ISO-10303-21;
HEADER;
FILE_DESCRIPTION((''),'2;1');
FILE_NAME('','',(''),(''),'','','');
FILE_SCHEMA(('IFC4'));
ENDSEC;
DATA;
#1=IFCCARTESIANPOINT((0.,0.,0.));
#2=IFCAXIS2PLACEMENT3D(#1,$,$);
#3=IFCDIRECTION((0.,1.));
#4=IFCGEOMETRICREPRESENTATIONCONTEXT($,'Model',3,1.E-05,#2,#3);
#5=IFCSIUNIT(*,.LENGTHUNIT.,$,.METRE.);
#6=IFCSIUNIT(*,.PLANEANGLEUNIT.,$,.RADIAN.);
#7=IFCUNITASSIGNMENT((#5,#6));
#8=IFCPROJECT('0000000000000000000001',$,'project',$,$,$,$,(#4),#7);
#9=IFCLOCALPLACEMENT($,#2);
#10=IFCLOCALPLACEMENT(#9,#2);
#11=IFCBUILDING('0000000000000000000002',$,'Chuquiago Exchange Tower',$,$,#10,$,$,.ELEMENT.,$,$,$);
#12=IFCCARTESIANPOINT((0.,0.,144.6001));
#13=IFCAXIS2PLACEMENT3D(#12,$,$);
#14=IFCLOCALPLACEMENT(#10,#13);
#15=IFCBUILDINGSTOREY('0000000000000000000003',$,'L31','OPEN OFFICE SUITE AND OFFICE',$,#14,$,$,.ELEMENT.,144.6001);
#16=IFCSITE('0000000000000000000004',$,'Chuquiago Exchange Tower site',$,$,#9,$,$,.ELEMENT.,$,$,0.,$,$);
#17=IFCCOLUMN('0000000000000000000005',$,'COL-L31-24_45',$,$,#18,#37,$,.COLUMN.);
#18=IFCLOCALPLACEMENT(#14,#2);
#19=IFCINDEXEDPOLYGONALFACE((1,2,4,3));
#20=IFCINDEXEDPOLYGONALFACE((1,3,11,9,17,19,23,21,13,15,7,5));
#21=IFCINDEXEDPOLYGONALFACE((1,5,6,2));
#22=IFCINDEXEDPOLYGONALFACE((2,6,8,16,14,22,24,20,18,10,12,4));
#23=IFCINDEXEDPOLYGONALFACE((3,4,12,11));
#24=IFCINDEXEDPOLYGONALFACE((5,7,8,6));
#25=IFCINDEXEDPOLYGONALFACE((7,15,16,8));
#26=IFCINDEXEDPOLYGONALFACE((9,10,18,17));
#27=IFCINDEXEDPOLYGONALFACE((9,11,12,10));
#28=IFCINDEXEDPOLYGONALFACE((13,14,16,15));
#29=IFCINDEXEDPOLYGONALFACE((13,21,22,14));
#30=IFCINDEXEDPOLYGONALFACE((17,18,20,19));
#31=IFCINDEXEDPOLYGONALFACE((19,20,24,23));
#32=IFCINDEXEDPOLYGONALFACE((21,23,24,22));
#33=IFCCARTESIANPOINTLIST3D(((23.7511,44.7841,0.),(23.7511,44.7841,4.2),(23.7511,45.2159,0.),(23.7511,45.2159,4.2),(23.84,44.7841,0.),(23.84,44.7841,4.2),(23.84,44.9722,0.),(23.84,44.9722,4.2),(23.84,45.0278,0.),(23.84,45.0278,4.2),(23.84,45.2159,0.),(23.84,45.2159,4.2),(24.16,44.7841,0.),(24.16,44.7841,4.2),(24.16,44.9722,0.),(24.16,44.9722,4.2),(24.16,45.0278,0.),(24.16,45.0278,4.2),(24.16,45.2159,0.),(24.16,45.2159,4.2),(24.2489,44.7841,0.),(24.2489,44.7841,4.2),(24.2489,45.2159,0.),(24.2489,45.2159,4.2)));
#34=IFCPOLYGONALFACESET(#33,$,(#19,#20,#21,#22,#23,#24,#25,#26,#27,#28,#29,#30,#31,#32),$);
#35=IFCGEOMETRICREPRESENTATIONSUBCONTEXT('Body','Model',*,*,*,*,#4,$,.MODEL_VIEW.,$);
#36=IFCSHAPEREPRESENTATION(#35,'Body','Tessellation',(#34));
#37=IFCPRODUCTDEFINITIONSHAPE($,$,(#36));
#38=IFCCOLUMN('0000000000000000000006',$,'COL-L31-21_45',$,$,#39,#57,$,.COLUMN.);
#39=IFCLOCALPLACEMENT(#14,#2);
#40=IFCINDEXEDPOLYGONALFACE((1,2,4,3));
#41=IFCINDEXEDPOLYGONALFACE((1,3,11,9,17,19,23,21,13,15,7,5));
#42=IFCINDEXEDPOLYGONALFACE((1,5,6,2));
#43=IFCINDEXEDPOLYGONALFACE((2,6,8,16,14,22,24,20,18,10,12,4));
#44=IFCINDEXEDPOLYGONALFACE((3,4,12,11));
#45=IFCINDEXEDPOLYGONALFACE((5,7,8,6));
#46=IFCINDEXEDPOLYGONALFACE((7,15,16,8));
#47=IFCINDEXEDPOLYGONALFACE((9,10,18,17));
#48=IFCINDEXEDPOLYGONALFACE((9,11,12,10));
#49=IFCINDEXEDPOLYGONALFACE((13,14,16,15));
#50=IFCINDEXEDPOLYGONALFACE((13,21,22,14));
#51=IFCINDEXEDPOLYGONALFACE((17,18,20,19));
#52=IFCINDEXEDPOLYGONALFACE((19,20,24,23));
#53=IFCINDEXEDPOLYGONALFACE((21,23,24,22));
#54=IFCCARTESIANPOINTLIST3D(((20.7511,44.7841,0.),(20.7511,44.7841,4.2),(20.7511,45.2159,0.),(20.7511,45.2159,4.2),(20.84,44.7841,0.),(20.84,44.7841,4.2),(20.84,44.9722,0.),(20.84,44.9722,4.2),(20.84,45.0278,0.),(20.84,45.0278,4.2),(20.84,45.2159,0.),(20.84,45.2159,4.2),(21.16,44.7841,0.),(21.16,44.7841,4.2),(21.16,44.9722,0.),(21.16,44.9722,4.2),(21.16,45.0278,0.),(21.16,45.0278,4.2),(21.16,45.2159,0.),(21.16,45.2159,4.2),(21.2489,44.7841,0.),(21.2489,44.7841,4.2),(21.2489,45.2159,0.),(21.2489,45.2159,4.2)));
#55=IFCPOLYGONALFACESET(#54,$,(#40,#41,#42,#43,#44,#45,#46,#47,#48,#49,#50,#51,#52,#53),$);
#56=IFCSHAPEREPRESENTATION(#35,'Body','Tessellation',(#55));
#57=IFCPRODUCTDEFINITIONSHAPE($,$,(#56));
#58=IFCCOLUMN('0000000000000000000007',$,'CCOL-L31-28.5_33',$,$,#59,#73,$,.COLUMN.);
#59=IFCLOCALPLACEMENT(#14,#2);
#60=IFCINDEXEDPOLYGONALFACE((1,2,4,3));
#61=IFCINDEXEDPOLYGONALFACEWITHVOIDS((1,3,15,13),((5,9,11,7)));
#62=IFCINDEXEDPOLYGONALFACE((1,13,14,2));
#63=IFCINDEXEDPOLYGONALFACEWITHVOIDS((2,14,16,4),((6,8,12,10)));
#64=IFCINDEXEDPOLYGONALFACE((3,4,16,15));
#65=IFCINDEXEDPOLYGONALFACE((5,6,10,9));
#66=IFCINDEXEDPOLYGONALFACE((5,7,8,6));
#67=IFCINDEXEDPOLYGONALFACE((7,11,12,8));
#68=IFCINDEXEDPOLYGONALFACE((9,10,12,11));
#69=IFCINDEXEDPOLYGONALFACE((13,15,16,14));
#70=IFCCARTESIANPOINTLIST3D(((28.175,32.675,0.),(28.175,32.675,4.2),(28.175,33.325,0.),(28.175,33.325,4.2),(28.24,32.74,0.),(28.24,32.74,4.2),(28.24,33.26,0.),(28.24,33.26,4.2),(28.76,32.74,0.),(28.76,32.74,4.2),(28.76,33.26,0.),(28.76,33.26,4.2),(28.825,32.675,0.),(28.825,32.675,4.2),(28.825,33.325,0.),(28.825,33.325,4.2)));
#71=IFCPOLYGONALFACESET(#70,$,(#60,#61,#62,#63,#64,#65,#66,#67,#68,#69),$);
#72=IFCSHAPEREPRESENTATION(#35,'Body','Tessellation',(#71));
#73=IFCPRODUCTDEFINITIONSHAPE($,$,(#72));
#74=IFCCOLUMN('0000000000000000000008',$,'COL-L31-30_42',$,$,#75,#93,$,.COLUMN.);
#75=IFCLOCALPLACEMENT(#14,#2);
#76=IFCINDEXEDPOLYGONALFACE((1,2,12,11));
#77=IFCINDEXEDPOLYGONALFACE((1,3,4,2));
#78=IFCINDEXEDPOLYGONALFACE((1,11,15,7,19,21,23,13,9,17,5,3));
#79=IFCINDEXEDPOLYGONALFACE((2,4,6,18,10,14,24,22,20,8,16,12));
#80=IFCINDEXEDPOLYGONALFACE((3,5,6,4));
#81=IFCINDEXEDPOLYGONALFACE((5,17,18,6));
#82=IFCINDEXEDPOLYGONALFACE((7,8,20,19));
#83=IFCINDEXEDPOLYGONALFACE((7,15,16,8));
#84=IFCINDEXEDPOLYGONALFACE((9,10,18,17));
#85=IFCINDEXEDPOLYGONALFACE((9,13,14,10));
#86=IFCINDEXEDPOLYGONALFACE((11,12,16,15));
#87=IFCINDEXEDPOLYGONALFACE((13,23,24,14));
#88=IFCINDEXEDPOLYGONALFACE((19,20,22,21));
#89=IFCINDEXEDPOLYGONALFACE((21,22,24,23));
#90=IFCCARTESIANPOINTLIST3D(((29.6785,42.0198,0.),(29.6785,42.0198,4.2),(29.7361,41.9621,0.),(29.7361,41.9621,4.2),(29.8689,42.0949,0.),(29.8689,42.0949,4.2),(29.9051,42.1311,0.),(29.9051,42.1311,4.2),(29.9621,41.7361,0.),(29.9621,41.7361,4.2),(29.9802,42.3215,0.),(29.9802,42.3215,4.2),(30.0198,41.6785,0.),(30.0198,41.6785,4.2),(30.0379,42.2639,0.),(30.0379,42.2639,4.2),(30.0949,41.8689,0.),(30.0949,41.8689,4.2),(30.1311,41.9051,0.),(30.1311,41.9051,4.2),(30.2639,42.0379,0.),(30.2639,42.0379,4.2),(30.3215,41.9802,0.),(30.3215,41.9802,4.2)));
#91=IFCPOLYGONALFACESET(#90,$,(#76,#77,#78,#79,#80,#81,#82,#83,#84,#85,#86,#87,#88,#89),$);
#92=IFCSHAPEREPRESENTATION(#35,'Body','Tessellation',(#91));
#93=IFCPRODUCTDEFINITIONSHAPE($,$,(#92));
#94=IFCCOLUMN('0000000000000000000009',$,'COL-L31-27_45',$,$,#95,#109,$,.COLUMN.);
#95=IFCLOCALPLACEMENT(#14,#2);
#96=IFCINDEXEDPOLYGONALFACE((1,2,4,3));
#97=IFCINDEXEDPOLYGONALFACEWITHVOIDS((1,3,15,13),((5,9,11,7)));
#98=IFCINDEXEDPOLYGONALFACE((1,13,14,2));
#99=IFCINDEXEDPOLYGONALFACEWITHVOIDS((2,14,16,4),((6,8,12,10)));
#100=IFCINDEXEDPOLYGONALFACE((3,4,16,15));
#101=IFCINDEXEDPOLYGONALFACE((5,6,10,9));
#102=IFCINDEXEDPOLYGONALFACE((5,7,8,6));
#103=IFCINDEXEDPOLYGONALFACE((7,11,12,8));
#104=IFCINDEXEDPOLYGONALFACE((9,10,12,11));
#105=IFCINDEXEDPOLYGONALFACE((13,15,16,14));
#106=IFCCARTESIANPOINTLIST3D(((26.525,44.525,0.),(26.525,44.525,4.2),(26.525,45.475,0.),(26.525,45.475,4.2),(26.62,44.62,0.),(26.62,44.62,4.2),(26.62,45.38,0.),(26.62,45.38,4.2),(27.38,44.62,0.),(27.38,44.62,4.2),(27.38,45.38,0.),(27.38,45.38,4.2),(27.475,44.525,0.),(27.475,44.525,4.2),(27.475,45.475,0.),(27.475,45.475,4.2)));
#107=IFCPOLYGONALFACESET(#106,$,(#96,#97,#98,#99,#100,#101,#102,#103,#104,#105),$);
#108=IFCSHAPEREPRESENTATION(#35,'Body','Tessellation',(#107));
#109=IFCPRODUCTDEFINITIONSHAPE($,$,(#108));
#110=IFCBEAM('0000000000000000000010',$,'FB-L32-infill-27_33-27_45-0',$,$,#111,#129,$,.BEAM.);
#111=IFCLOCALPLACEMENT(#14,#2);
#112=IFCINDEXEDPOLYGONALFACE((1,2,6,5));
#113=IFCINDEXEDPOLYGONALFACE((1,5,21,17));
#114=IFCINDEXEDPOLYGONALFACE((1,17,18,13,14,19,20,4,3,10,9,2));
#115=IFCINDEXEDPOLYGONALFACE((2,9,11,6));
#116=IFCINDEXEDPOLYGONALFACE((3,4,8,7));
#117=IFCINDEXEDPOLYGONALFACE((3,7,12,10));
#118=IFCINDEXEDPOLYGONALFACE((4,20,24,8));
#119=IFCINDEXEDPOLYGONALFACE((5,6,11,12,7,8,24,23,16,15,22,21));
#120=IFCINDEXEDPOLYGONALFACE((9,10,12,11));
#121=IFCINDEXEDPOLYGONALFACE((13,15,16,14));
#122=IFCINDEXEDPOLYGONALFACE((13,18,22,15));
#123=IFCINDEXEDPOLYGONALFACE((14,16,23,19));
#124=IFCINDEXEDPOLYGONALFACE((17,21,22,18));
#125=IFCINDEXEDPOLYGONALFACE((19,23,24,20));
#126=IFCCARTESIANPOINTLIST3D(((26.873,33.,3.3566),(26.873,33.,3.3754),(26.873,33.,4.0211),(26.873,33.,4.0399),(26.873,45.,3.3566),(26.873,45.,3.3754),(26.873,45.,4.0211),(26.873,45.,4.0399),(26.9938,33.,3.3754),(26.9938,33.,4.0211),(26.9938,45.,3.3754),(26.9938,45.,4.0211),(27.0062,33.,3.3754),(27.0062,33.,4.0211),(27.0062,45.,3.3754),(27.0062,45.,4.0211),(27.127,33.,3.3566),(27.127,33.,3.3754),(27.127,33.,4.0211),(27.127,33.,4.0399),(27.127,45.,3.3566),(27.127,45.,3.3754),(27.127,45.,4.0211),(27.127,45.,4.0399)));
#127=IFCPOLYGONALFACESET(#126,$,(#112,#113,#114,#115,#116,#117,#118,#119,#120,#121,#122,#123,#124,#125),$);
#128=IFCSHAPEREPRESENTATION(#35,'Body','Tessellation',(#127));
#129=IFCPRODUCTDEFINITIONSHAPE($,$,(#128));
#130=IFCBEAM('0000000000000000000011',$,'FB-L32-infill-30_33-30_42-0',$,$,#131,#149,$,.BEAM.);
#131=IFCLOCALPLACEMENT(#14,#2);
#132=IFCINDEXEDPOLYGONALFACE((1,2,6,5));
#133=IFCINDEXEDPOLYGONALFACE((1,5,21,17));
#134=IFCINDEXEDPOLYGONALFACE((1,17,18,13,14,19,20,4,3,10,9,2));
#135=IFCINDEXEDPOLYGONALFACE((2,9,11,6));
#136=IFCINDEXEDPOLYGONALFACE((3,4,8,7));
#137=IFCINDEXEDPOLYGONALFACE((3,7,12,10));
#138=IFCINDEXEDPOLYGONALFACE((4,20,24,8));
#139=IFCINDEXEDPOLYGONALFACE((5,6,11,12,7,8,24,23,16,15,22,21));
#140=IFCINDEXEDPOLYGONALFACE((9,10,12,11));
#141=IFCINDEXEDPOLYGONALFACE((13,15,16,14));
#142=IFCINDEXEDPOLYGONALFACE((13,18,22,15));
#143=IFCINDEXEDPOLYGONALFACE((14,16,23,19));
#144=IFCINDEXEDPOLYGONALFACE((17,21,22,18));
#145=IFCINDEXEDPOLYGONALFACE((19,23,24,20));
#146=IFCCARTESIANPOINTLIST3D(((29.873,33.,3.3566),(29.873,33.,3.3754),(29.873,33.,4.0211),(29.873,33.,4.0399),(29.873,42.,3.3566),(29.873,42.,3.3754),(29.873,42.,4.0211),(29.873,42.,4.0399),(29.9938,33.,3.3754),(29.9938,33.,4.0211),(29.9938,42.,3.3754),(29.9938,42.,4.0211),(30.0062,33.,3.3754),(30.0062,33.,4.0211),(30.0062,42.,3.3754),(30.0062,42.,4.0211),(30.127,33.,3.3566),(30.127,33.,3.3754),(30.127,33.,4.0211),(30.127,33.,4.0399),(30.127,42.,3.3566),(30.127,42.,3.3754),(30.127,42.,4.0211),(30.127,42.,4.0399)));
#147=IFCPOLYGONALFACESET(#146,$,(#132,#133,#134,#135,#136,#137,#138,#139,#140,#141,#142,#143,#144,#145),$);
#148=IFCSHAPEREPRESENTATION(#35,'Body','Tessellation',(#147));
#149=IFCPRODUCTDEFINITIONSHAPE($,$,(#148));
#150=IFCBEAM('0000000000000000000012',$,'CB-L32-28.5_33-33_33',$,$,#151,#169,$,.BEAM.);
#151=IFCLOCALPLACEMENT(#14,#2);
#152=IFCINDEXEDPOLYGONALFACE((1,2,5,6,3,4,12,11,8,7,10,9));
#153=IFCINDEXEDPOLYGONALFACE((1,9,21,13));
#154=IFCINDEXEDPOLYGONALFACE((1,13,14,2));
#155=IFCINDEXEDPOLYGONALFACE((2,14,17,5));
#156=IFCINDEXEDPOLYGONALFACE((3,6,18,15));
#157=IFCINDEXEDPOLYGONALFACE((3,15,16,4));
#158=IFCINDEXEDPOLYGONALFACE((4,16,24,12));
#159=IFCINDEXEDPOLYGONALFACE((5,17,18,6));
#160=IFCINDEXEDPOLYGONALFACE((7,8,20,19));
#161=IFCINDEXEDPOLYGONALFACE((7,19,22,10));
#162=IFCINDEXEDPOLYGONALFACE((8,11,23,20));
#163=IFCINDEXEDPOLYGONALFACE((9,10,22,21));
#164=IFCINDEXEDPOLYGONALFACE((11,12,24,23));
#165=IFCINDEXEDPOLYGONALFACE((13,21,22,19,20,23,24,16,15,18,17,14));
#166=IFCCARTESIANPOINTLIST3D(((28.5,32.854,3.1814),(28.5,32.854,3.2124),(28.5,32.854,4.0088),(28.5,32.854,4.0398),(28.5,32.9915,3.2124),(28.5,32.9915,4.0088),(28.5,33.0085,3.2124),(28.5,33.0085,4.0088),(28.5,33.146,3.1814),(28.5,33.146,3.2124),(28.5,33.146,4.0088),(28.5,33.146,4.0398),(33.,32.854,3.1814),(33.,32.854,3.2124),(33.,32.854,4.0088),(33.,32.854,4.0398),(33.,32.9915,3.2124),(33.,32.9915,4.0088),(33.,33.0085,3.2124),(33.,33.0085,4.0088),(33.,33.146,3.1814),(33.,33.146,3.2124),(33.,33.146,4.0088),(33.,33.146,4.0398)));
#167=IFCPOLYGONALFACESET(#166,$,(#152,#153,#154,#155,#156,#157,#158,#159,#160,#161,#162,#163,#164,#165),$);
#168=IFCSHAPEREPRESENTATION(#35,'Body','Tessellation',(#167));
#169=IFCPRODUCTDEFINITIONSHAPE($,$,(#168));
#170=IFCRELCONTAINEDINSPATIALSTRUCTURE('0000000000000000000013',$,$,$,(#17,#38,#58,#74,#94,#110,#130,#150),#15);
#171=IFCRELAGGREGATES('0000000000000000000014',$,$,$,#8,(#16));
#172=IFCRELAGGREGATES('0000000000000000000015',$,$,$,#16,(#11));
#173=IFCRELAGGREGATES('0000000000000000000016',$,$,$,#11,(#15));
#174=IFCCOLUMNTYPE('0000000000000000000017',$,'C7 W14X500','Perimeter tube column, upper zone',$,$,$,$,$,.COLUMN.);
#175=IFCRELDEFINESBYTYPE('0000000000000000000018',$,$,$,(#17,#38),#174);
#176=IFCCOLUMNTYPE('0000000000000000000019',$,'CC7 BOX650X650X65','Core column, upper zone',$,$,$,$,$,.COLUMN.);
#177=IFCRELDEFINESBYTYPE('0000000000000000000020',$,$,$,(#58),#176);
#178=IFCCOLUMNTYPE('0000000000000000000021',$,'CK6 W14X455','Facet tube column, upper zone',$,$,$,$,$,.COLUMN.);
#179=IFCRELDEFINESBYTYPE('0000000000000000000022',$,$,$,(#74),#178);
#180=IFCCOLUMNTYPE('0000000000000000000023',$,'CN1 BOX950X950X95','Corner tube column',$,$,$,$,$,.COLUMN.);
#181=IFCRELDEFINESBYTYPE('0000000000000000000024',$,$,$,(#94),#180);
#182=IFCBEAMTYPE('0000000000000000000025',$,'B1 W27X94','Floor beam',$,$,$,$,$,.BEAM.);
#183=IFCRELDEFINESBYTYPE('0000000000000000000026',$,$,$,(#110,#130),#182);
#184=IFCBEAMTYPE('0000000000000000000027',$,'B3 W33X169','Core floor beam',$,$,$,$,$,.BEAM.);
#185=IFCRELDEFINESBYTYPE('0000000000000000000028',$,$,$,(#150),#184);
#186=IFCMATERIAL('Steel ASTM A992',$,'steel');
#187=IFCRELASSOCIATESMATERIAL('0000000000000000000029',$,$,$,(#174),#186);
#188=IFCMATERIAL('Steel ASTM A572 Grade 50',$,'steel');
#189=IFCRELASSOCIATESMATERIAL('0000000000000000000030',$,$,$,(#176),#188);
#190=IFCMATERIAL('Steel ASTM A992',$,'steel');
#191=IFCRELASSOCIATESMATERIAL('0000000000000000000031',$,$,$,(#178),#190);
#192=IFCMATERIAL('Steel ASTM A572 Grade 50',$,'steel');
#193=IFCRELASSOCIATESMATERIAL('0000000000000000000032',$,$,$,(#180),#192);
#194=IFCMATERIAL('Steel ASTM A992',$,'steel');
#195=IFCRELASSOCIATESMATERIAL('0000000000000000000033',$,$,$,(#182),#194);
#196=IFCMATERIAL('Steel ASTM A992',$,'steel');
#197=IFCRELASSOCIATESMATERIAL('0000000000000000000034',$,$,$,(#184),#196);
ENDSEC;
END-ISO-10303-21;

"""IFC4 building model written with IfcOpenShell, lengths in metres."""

from ifc_helpers import new_model, si_unit, direction, frame, origin, origin_2d, place, context, subcontext, project, spatial, hollow_rectangle, i_section, extrude, material, material_profile, profile_set, type_object, element, save


model = new_model("IFC4")

# Units and contexts
model_context = context("Model", 3, precision=1e-05, world=origin(), true_north=direction((0.0, 1.0)))
body_context = subcontext(model_context, "Body", "Model", "MODEL_VIEW")
ifc_project = project(units=[si_unit("LENGTHUNIT", "METRE"), si_unit("PLANEANGLEUNIT", "RADIAN")], contexts=[model_context])

# Site, building, storey
site_placement = place(None, origin())
site = spatial("IfcSite", under=ifc_project, at=site_placement, Name="Chuquiago Exchange Tower site", CompositionType="ELEMENT", RefElevation=0.0)
building_placement = place(site_placement, origin())
building = spatial("IfcBuilding", under=site, at=building_placement, Name="Chuquiago Exchange Tower", CompositionType="ELEMENT")
storey_placement = place(building_placement, frame((0.0, 0.0, 144.6001)))
storey = spatial("IfcBuildingStorey", under=building, at=storey_placement, Name="L31", Description="OPEN OFFICE SUITE AND OFFICE", CompositionType="ELEMENT", Elevation=144.6001)

# Columns
ifc_material_1 = material(Name="Steel ASTM A992", Category="steel")
ifc_material_profile_1 = material_profile(ifc_material_1, i_section(OverallWidth=0.4319, OverallDepth=0.4978, WebThickness=0.0557, FlangeThickness=0.0889, at=origin_2d()), Name="W14X500")
ifc_profile_set_1 = profile_set([ifc_material_profile_1], Name="Steel ASTM A992")
column_type_1 = type_object("IfcColumnType", Name="C7 W14X500", Description="Perimeter tube column, upper zone", PredefinedType="COLUMN", material=ifc_profile_set_1)
for number, where, z_axis, x_axis, name in (
    (1, (24.0, 45.0, 0.0), (0.0, 0.0, 1.0), (0.0, 1.0, 0.0), "COL-L31-24_45"),
    (2, (21.0, 45.0, 0.0), (0.0, 0.0, 1.0), (0.0, 1.0, 0.0), "COL-L31-21_45"),
):
    element("IfcColumn", number, at=place(storey_placement, frame(where, z_axis=z_axis, x_axis=x_axis)), inside=storey, type_object=column_type_1, Name=name, PredefinedType="COLUMN", context=body_context, shape_type="SweptSolid", body=[
        extrude(i_section(OverallWidth=0.4319, OverallDepth=0.4978, WebThickness=0.0557, FlangeThickness=0.0889, at=origin_2d()), origin(), (0.0, 0.0, 1.0), 4.2),
    ])
ifc_material_2 = material(Name="Steel ASTM A572 Grade 50", Category="steel")
ifc_material_profile_2 = material_profile(ifc_material_2, hollow_rectangle(XDim=0.6499, YDim=0.6499, WallThickness=0.0649, at=origin_2d()), Name="BOX650X650X65")
ifc_profile_set_2 = profile_set([ifc_material_profile_2], Name="Steel ASTM A572 Grade 50")
column_type_2 = type_object("IfcColumnType", Name="CC7 BOX650X650X65", Description="Core column, upper zone", PredefinedType="COLUMN", material=ifc_profile_set_2)
column_1_placement = place(storey_placement, frame((28.5, 33.0, 0.0), z_axis=(0.0, 0.0, 1.0), x_axis=(1.0, 0.0, 0.0)))
element("IfcColumn", 3, at=column_1_placement, inside=storey, type_object=column_type_2, Name="CCOL-L31-28.5_33", PredefinedType="COLUMN", context=body_context, shape_type="SweptSolid", body=[
    extrude(hollow_rectangle(XDim=0.6499, YDim=0.6499, WallThickness=0.0649, at=origin_2d()), origin(), (0.0, 0.0, 1.0), 4.2),
])
ifc_material_3 = material(Name="Steel ASTM A992", Category="steel")
ifc_material_profile_3 = material_profile(ifc_material_3, i_section(OverallWidth=0.4268, OverallDepth=0.4827, WebThickness=0.0513, FlangeThickness=0.0815, at=origin_2d()), Name="W14X455")
ifc_profile_set_3 = profile_set([ifc_material_profile_3], Name="Steel ASTM A992")
column_type_3 = type_object("IfcColumnType", Name="CK6 W14X455", Description="Facet tube column, upper zone", PredefinedType="COLUMN", material=ifc_profile_set_3)
column_2_placement = place(storey_placement, frame((30.0, 42.0, 0.0), z_axis=(0.0, 0.0, 1.0), x_axis=(0.707107, 0.707107, 0.0)))
element("IfcColumn", 4, at=column_2_placement, inside=storey, type_object=column_type_3, Name="COL-L31-30_42", PredefinedType="COLUMN", context=body_context, shape_type="SweptSolid", body=[
    extrude(i_section(OverallWidth=0.4268, OverallDepth=0.4827, WebThickness=0.0513, FlangeThickness=0.0815, at=origin_2d()), origin(), (0.0, 0.0, 1.0), 4.2),
])
ifc_material_4 = material(Name="Steel ASTM A572 Grade 50", Category="steel")
ifc_material_profile_4 = material_profile(ifc_material_4, hollow_rectangle(XDim=0.95, YDim=0.95, WallThickness=0.095, at=origin_2d()), Name="BOX950X950X95")
ifc_profile_set_4 = profile_set([ifc_material_profile_4], Name="Steel ASTM A572 Grade 50")
column_type_4 = type_object("IfcColumnType", Name="CN1 BOX950X950X95", Description="Corner tube column", PredefinedType="COLUMN", material=ifc_profile_set_4)
column_3_placement = place(storey_placement, frame((27.0, 45.0, 0.0), z_axis=(0.0, 0.0, 1.0), x_axis=(0.0, 1.0, 0.0)))
element("IfcColumn", 5, at=column_3_placement, inside=storey, type_object=column_type_4, Name="COL-L31-27_45", PredefinedType="COLUMN", context=body_context, shape_type="SweptSolid", body=[
    extrude(hollow_rectangle(XDim=0.95, YDim=0.95, WallThickness=0.095, at=origin_2d()), origin(), (0.0, 0.0, 1.0), 4.2),
])

# Beams
ifc_material_5 = material(Name="Steel ASTM A992", Category="steel")
ifc_material_profile_5 = material_profile(ifc_material_5, i_section(OverallWidth=0.2539, OverallDepth=0.6833, WebThickness=0.0125, FlangeThickness=0.0188, at=origin_2d()), Name="W27X94")
ifc_profile_set_5 = profile_set([ifc_material_profile_5], Name="Steel ASTM A992")
beam_type_1 = type_object("IfcBeamType", Name="B1 W27X94", Description="Floor beam", PredefinedType="BEAM", material=ifc_profile_set_5)
beam_1_placement = place(storey_placement, frame((27.0, 33.0, 3.6982), z_axis=(0.0, 1.0, 0.0), x_axis=(-1.0, 0.0, 0.0)))
element("IfcBeam", 6, at=beam_1_placement, inside=storey, type_object=beam_type_1, Name="FB-L32-infill-27_33-27_45-0", PredefinedType="BEAM", context=body_context, shape_type="SweptSolid", body=[
    extrude(i_section(OverallWidth=0.2539, OverallDepth=0.6833, WebThickness=0.0125, FlangeThickness=0.0188, at=origin_2d()), origin(), (0.0, 0.0, 1.0), 12.0),
])
beam_2_placement = place(storey_placement, frame((30.0, 33.0, 3.6982), z_axis=(0.0, 1.0, 0.0), x_axis=(-1.0, 0.0, 0.0)))
element("IfcBeam", 7, at=beam_2_placement, inside=storey, type_object=beam_type_1, Name="FB-L32-infill-30_33-30_42-0", PredefinedType="BEAM", context=body_context, shape_type="SweptSolid", body=[
    extrude(i_section(OverallWidth=0.2539, OverallDepth=0.6833, WebThickness=0.0125, FlangeThickness=0.0188, at=origin_2d()), origin(), (0.0, 0.0, 1.0), 9.0),
])
ifc_material_6 = material(Name="Steel ASTM A992", Category="steel")
ifc_material_profile_6 = material_profile(ifc_material_6, i_section(OverallWidth=0.292, OverallDepth=0.8584, WebThickness=0.0171, FlangeThickness=0.031, at=origin_2d()), Name="W33X169")
ifc_profile_set_6 = profile_set([ifc_material_profile_6], Name="Steel ASTM A992")
beam_type_2 = type_object("IfcBeamType", Name="B3 W33X169", Description="Core floor beam", PredefinedType="BEAM", material=ifc_profile_set_6)
beam_3_placement = place(storey_placement, frame((28.5, 33.0, 3.6106), z_axis=(1.0, 0.0, 0.0), x_axis=(0.0, 1.0, 0.0)))
element("IfcBeam", 8, at=beam_3_placement, inside=storey, type_object=beam_type_2, Name="CB-L32-28.5_33-33_33", PredefinedType="BEAM", context=body_context, shape_type="SweptSolid", body=[
    extrude(i_section(OverallWidth=0.292, OverallDepth=0.8584, WebThickness=0.0171, FlangeThickness=0.031, at=origin_2d()), origin(), (0.0, 0.0, 1.0), 4.5),
])

save(model, "model.ifc")
